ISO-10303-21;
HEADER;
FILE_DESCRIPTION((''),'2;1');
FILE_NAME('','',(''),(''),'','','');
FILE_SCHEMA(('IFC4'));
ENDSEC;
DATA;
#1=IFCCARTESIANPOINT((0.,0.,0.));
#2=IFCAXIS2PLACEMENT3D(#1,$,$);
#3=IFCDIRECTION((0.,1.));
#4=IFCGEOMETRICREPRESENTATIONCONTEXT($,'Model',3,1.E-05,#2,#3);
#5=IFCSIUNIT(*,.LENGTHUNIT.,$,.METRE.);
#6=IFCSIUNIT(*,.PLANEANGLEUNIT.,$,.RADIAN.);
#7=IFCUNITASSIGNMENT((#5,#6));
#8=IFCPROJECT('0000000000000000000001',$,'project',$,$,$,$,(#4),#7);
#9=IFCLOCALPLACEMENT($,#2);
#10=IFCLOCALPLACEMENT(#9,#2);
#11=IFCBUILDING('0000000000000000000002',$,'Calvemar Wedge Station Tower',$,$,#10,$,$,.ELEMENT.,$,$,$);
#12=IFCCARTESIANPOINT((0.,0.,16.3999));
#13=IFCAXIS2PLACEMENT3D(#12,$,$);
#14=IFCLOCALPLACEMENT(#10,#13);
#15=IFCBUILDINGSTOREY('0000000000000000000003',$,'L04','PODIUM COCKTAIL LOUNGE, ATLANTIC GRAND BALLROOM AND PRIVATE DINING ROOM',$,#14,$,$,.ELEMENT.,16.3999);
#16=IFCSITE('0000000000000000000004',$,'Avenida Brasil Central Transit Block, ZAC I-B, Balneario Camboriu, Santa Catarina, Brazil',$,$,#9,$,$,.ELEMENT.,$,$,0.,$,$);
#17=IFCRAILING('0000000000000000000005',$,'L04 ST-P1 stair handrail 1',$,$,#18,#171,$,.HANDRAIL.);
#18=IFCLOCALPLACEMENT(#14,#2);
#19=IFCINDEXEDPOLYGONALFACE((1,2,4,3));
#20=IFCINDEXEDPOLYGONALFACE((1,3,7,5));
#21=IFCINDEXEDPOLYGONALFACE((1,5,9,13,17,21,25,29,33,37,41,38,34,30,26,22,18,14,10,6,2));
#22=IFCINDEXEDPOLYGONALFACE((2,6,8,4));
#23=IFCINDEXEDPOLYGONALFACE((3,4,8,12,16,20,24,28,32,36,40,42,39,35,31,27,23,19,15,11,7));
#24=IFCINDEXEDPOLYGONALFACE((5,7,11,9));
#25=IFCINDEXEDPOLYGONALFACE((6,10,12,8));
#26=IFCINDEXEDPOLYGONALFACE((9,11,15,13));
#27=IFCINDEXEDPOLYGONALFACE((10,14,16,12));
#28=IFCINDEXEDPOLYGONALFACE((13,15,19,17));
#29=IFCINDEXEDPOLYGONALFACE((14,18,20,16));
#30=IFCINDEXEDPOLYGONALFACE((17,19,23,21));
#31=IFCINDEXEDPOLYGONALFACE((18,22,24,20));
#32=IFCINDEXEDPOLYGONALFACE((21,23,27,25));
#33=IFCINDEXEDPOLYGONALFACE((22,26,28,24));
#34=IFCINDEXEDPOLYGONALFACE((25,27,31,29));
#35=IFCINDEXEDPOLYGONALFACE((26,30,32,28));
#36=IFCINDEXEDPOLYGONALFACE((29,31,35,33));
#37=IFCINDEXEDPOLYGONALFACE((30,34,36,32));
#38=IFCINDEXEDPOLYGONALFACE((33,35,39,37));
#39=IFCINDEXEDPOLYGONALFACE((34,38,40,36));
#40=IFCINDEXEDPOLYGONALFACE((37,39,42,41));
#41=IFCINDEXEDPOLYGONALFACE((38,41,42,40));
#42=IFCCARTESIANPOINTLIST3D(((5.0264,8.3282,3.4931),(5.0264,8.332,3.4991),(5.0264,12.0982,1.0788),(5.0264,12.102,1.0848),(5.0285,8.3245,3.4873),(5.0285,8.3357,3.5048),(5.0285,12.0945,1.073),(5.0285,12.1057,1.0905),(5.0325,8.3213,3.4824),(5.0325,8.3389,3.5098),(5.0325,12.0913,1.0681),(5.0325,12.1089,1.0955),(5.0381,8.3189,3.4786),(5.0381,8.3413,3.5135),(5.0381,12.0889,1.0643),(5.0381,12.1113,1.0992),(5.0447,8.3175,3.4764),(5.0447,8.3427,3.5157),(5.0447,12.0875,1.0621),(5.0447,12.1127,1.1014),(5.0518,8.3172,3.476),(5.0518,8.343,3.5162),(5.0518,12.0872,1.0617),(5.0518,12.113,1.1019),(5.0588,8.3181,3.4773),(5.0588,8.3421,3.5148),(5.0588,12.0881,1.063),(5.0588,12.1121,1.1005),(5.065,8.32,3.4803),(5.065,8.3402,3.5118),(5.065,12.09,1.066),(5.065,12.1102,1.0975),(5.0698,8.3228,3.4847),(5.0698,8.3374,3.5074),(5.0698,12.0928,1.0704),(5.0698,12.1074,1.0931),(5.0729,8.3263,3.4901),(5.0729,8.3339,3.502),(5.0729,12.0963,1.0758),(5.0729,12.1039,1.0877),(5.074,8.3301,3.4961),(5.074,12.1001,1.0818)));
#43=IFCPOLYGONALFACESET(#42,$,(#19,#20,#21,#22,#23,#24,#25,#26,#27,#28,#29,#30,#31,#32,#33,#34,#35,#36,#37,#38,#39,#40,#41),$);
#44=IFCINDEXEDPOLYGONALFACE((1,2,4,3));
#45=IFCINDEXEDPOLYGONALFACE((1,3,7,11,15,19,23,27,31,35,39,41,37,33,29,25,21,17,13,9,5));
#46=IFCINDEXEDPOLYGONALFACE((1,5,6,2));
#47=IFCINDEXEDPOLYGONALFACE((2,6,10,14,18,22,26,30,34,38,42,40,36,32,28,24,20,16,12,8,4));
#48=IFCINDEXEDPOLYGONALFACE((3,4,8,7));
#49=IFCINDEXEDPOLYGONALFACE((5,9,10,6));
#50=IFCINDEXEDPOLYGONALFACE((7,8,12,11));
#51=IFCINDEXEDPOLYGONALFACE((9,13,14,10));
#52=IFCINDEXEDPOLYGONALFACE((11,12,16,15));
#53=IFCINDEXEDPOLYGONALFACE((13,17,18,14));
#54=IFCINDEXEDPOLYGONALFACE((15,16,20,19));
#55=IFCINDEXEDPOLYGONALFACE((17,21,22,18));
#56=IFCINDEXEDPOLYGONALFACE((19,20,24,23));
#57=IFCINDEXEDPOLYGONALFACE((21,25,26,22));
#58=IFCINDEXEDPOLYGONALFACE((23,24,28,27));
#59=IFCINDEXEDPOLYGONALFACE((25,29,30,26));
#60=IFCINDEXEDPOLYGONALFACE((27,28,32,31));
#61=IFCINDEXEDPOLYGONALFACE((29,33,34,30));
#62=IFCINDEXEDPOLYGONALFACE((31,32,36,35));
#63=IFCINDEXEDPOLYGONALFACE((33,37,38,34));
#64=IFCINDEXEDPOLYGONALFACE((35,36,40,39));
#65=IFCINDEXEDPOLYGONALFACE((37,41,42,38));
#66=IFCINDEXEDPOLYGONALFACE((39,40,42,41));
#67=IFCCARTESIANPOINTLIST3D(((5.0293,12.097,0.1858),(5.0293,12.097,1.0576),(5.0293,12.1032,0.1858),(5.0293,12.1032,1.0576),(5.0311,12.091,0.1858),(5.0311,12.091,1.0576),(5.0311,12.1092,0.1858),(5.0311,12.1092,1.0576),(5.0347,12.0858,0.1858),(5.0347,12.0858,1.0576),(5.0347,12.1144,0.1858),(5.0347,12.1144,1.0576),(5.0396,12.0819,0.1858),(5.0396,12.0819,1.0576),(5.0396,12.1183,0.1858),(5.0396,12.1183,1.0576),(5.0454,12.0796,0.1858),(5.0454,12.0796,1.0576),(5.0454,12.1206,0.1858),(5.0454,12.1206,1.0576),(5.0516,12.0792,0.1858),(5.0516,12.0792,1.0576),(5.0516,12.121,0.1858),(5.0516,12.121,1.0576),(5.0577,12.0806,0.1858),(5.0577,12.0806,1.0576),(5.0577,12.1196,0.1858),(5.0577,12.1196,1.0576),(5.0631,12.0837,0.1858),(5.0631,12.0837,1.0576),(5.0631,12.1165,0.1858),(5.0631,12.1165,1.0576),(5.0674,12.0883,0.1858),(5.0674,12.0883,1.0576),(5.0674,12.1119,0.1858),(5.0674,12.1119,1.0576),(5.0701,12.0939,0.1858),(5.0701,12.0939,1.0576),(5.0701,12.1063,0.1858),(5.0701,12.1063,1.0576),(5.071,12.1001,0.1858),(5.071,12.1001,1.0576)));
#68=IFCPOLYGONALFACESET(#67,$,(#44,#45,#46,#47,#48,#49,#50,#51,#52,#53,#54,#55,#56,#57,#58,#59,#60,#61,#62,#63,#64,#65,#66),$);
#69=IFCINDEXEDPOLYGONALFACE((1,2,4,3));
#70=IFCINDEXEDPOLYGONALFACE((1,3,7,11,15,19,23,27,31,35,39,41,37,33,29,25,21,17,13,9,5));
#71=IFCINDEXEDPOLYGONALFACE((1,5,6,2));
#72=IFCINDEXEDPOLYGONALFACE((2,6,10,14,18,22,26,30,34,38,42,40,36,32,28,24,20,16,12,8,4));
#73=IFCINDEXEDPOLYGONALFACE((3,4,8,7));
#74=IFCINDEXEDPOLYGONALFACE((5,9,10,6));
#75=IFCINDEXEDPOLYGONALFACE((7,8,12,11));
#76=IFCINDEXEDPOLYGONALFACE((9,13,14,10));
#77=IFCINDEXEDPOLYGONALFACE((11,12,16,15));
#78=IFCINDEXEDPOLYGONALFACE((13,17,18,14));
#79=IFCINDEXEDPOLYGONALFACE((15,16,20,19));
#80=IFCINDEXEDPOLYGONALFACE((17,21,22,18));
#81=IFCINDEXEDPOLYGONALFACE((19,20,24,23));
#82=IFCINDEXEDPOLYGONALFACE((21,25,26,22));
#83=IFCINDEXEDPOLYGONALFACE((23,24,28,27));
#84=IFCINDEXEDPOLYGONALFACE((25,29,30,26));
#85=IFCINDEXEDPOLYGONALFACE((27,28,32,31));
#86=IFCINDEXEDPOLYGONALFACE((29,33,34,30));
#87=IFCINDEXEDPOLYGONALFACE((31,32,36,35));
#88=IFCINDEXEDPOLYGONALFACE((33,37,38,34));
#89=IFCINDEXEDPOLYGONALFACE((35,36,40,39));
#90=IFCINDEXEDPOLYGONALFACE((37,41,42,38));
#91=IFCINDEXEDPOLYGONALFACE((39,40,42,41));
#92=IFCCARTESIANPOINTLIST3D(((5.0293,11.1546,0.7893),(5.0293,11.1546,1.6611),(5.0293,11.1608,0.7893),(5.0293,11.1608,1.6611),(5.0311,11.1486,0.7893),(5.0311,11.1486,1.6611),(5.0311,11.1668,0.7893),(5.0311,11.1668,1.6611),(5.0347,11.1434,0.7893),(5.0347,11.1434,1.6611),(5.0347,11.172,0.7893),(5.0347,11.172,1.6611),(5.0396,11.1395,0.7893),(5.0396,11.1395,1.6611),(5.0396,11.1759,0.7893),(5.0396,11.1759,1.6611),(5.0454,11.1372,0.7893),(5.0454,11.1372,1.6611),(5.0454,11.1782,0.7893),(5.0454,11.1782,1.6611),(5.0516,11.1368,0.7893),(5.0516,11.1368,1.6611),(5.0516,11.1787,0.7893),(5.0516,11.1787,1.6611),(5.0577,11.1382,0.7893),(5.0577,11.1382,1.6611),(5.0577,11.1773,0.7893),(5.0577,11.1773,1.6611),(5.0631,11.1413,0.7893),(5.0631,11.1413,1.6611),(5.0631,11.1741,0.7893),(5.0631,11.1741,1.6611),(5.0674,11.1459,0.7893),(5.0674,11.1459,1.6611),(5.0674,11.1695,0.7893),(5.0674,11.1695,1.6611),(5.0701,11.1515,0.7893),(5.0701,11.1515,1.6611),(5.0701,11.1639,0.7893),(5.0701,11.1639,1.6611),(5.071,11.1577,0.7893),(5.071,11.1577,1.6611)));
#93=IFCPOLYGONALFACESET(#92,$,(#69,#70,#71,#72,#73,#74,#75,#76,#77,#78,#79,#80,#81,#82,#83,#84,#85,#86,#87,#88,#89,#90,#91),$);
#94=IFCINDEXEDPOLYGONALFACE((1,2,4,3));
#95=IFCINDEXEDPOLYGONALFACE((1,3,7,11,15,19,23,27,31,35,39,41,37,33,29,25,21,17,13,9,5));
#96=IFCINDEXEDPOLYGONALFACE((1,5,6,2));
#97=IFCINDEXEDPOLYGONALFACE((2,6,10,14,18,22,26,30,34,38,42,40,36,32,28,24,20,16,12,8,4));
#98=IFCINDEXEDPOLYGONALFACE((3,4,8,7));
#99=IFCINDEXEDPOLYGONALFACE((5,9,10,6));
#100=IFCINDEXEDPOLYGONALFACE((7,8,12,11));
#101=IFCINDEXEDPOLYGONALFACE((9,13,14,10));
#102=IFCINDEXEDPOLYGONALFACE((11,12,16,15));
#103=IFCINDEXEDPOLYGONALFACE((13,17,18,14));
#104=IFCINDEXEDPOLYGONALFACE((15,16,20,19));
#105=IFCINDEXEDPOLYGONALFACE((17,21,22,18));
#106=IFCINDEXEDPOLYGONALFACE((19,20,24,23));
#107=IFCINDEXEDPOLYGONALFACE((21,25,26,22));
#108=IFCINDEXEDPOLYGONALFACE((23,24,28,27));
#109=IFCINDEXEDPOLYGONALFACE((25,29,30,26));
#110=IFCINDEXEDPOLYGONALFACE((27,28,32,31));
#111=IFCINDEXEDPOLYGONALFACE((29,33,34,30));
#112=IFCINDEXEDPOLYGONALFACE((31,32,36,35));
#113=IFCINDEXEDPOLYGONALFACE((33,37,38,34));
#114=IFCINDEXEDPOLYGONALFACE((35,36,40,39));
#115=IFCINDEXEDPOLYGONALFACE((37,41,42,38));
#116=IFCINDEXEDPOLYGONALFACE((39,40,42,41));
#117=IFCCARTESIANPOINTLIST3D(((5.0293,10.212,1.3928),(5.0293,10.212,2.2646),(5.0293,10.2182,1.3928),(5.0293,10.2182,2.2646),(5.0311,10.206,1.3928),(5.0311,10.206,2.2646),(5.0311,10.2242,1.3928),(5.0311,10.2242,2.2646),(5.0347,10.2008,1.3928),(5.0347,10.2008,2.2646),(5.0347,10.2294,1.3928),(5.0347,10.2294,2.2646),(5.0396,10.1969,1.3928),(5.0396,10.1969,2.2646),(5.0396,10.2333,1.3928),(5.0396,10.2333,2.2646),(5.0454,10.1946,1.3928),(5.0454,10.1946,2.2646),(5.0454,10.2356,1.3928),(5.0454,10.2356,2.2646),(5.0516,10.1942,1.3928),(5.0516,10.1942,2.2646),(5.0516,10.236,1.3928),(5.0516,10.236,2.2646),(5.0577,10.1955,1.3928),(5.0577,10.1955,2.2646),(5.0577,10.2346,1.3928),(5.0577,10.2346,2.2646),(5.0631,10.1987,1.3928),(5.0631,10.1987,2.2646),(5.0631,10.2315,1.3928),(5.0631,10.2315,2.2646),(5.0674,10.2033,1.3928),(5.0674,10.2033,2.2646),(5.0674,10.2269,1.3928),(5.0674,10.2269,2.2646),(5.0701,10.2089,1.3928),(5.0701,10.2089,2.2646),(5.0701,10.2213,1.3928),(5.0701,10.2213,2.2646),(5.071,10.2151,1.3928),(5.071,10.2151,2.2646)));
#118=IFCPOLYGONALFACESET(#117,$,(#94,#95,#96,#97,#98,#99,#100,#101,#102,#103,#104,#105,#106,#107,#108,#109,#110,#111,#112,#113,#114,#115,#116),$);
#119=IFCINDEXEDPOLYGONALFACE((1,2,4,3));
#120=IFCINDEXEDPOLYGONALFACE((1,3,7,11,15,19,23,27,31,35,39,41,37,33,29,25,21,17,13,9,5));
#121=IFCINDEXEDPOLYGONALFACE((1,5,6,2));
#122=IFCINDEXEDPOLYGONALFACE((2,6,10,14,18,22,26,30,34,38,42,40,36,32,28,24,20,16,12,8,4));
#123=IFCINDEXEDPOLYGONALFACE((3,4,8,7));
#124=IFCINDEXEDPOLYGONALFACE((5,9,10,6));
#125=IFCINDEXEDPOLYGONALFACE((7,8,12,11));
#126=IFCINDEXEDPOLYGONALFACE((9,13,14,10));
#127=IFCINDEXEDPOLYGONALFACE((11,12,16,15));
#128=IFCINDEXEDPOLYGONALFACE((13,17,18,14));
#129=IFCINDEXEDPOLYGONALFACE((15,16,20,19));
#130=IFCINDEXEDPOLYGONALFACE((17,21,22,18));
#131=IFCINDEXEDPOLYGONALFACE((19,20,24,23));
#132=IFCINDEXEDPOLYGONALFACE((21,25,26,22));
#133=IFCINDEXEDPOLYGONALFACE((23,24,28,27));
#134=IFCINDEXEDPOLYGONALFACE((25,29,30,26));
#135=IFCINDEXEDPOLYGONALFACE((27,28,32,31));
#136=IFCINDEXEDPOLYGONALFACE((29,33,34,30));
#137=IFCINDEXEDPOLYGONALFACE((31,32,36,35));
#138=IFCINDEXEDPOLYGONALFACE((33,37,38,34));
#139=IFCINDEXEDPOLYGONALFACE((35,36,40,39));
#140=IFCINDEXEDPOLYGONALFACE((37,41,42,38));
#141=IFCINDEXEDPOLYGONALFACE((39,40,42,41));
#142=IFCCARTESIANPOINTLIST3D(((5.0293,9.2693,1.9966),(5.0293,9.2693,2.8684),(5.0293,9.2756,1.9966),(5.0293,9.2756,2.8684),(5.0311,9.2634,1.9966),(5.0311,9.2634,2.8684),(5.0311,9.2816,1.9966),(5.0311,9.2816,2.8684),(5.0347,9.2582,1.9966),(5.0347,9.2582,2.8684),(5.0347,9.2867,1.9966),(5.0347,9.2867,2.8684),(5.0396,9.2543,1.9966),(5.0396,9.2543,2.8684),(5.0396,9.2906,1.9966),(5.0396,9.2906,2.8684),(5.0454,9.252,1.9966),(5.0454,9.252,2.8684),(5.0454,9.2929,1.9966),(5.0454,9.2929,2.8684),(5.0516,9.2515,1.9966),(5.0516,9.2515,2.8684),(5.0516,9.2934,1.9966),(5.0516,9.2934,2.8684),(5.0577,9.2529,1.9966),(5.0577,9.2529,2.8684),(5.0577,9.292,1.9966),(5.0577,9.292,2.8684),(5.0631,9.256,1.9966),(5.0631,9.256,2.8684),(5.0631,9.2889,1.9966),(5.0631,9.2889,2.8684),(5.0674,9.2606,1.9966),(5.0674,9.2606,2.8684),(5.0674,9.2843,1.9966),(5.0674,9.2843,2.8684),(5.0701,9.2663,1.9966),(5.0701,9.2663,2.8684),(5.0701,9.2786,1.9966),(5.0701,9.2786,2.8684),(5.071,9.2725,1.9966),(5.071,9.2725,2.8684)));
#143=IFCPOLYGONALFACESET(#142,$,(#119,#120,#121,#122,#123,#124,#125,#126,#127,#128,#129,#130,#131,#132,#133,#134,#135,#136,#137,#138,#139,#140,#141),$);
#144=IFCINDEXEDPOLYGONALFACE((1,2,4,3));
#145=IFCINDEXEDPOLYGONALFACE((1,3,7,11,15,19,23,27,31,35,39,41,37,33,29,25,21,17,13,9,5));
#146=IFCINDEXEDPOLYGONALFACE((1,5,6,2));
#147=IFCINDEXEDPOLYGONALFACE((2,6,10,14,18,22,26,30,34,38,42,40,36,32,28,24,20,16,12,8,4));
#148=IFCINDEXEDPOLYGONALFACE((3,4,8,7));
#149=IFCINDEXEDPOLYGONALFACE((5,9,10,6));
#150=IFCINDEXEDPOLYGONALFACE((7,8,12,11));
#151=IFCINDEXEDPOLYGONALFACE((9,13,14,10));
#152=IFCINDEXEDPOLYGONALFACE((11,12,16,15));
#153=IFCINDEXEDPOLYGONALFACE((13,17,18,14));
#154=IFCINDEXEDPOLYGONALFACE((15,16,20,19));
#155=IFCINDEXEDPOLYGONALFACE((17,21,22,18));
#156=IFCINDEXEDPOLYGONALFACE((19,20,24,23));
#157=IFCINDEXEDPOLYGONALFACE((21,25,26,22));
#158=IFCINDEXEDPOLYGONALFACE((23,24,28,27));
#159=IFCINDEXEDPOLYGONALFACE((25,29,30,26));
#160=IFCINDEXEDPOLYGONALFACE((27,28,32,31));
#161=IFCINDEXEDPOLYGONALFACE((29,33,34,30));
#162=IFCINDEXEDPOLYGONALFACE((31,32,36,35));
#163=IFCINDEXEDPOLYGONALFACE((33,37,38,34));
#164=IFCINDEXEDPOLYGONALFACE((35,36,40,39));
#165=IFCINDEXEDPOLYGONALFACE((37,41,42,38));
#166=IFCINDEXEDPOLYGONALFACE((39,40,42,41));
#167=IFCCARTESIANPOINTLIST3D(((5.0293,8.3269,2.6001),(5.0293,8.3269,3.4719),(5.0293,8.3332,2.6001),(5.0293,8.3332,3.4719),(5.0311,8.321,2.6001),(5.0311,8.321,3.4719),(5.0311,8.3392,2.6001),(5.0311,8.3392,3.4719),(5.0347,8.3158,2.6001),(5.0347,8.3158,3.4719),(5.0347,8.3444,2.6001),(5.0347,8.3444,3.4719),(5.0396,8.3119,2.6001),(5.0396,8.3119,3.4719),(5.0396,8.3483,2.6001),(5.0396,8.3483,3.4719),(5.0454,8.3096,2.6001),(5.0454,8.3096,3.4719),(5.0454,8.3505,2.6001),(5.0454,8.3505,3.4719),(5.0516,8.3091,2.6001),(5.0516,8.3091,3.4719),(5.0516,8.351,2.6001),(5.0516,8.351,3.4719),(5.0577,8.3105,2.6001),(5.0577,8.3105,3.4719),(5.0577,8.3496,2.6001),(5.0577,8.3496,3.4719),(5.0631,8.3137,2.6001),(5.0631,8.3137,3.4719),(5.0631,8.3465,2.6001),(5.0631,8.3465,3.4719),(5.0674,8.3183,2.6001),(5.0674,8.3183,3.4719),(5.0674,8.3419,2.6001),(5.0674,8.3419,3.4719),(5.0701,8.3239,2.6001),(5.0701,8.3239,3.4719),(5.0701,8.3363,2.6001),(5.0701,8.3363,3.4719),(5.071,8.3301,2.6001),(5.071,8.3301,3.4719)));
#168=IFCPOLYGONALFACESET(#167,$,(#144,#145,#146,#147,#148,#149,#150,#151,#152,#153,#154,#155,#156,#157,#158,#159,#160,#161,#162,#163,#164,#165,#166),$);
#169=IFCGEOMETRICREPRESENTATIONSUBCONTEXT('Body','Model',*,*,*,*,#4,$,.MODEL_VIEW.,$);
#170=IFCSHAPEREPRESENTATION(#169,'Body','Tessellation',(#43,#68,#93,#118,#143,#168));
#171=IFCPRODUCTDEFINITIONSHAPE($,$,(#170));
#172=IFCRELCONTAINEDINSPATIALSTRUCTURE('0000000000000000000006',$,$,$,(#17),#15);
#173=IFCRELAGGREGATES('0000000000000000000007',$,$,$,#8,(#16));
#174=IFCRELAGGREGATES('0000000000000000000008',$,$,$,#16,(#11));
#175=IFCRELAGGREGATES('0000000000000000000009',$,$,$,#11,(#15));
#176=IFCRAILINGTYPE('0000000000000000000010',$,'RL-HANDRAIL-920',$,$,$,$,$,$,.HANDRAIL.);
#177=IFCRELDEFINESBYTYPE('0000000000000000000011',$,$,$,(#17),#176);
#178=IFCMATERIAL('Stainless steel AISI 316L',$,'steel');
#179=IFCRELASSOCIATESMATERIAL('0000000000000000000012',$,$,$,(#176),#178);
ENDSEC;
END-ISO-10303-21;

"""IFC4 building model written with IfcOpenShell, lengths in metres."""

from ifc_helpers import new_model, si_unit, direction, frame, origin, origin_2d, place, context, subcontext, project, spatial, circle, extrude, material, type_object, element, save


model = new_model("IFC4")

# Units and contexts
model_context = context("Model", 3, precision=1e-05, world=origin(), true_north=direction((0.0, 1.0)))
body_context = subcontext(model_context, "Body", "Model", "MODEL_VIEW")
ifc_project = project(units=[si_unit("LENGTHUNIT", "METRE"), si_unit("PLANEANGLEUNIT", "RADIAN")], contexts=[model_context])

# Site, building, storey
site_placement = place(None, origin())
site = spatial("IfcSite", under=ifc_project, at=site_placement, Name="Avenida Brasil Central Transit Block, ZAC I-B, Balneario Camboriu, Santa Catarina, Brazil", CompositionType="ELEMENT", RefElevation=0.0)
building_placement = place(site_placement, origin())
building = spatial("IfcBuilding", under=site, at=building_placement, Name="Calvemar Wedge Station Tower", CompositionType="ELEMENT")
storey_placement = place(building_placement, frame((0.0, 0.0, 16.3999)))
storey = spatial("IfcBuildingStorey", under=building, at=storey_placement, Name="L04", Description="PODIUM COCKTAIL LOUNGE, ATLANTIC GRAND BALLROOM AND PRIVATE DINING ROOM", CompositionType="ELEMENT", Elevation=16.3999)

# Railing
ifc_material_1 = material(Name="Stainless steel AISI 316L", Category="steel")
railing_type_1 = type_object("IfcRailingType", Name="RL-HANDRAIL-920", PredefinedType="HANDRAIL", material=ifc_material_1)
railing_1_placement = place(storey_placement, frame((5.05, 12.1001, 0.1858)))
element("IfcRailing", 1, at=railing_1_placement, inside=storey, type_object=railing_type_1, Name="L04 ST-P1 stair handrail 1", PredefinedType="HANDRAIL", context=body_context, shape_type="SweptSolid", body=[
    extrude(circle(Radius=0.0239, at=origin_2d()), frame((0.0, 0.0, 0.896), z_axis=(0.0, -0.84212, 0.53929), x_axis=(1.0, 0.0, 0.0)), (0.0, 0.0, 1.0), 4.4768),
    extrude(circle(Radius=0.021, at=origin_2d()), origin(), (0.0, 0.0, 1.0), 0.8718),
    extrude(circle(Radius=0.021, at=origin_2d()), frame((0.0, -0.9424, 0.6035)), (0.0, 0.0, 1.0), 0.8718),
    extrude(circle(Radius=0.021, at=origin_2d()), frame((0.0, -1.885, 1.207)), (0.0, 0.0, 1.0), 0.8718),
    extrude(circle(Radius=0.021, at=origin_2d()), frame((0.0, -2.8276, 1.8108)), (0.0, 0.0, 1.0), 0.8718),
    extrude(circle(Radius=0.021, at=origin_2d()), frame((0.0, -3.77, 2.4143)), (0.0, 0.0, 1.0), 0.8718),
])

save(model, "model.ifc")
